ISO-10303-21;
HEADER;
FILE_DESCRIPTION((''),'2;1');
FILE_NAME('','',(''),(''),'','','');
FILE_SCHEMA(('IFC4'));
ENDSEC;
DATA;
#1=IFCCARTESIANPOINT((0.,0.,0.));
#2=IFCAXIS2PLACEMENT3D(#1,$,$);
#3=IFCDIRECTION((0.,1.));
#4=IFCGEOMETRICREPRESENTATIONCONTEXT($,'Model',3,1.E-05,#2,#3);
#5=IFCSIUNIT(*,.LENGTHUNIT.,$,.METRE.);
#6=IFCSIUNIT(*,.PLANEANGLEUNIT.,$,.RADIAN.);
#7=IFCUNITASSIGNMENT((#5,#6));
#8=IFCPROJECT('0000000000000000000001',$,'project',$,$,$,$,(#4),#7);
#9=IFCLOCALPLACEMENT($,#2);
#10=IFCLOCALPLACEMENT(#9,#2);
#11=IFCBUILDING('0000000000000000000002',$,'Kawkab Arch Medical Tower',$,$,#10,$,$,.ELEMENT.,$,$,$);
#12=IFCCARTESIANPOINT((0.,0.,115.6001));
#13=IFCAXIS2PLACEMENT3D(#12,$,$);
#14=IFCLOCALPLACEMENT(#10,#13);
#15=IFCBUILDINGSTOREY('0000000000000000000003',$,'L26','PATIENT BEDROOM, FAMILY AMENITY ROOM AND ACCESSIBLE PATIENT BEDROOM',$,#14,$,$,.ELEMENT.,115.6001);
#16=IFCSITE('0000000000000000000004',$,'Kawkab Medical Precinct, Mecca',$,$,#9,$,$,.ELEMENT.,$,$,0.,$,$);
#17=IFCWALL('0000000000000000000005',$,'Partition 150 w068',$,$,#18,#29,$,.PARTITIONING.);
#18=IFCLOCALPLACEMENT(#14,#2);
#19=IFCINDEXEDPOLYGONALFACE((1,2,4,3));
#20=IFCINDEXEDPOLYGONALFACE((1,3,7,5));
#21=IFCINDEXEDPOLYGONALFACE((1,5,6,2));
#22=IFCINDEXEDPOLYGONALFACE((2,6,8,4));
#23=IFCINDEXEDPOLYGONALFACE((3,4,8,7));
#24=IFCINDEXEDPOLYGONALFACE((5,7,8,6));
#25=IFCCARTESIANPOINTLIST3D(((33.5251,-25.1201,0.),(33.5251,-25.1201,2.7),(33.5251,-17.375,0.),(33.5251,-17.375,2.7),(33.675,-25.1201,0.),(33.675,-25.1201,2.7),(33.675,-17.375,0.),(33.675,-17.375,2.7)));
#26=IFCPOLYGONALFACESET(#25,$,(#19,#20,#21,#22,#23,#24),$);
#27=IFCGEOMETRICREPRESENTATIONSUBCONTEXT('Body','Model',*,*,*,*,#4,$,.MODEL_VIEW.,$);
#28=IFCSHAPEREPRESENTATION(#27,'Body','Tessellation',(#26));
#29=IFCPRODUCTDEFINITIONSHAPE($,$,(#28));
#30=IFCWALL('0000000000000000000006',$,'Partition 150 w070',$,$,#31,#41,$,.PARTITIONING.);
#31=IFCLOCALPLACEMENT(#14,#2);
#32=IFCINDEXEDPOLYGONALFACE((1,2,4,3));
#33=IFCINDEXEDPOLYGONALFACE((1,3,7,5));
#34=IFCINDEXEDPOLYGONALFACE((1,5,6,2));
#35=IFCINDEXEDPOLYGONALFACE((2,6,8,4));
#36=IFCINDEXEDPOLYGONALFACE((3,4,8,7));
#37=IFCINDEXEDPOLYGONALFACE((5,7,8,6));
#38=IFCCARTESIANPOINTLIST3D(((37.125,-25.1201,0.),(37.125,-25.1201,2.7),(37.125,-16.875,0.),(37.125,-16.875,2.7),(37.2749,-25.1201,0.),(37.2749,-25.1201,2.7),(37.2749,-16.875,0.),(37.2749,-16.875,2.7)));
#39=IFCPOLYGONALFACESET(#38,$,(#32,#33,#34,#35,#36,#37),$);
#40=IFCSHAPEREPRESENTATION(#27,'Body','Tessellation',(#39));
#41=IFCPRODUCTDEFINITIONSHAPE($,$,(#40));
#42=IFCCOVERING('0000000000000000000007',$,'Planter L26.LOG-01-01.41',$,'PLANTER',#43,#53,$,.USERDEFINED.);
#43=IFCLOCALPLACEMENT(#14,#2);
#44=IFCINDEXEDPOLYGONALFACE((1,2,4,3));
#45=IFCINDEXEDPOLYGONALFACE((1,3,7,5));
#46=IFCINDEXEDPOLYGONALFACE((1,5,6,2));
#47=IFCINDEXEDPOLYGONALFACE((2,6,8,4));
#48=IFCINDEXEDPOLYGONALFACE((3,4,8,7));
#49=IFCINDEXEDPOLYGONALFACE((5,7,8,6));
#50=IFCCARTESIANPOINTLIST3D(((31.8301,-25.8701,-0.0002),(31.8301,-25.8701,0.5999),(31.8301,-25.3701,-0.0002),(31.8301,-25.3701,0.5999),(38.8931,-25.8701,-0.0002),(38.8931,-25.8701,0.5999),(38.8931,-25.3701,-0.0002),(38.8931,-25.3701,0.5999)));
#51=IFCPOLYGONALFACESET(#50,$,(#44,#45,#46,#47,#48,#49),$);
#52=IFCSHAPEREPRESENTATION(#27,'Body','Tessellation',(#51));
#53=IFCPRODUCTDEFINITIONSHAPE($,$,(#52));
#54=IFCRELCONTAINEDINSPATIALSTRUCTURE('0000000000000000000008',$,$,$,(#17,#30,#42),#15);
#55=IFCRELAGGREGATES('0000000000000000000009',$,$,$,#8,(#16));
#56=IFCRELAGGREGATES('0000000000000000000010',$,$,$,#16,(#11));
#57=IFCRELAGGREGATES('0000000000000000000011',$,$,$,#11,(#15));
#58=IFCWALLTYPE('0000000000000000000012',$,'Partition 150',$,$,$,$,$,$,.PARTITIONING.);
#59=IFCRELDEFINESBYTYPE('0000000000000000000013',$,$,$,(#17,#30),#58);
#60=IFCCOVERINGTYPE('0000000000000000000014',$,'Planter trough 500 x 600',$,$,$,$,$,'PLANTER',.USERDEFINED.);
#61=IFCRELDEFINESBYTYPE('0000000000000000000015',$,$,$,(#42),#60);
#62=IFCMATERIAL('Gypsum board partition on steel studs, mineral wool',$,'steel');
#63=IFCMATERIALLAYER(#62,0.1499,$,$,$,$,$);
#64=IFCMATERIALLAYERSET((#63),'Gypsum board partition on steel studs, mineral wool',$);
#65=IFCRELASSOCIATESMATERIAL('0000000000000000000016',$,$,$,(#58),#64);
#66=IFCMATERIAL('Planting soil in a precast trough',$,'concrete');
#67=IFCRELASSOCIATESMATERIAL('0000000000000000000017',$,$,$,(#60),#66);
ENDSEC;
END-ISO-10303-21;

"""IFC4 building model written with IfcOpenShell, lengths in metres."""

from ifc_helpers import new_model, si_unit, direction, frame, frame_2d, origin, origin_2d, place, context, subcontext, project, spatial, rectangle, extrude, material, layer, layer_set, material_profile, profile_set, type_object, element, save


model = new_model("IFC4")

# Units and contexts
model_context = context("Model", 3, precision=1e-05, world=origin(), true_north=direction((0.0, 1.0)))
body_context = subcontext(model_context, "Body", "Model", "MODEL_VIEW")
ifc_project = project(units=[si_unit("LENGTHUNIT", "METRE"), si_unit("PLANEANGLEUNIT", "RADIAN")], contexts=[model_context])

# Site, building, storey
site_placement = place(None, origin())
site = spatial("IfcSite", under=ifc_project, at=site_placement, Name="Kawkab Medical Precinct, Mecca", CompositionType="ELEMENT", RefElevation=0.0)
building_placement = place(site_placement, origin())
building = spatial("IfcBuilding", under=site, at=building_placement, Name="Kawkab Arch Medical Tower", CompositionType="ELEMENT")
storey_placement = place(building_placement, frame((0.0, 0.0, 115.6001)))
storey = spatial("IfcBuildingStorey", under=building, at=storey_placement, Name="L26", Description="PATIENT BEDROOM, FAMILY AMENITY ROOM AND ACCESSIBLE PATIENT BEDROOM", CompositionType="ELEMENT", Elevation=115.6001)

# Shared definitions
ifc_material_1 = material(Name="Gypsum board partition on steel studs, mineral wool", Category="steel")
ifc_layer_1 = layer(ifc_material_1, 0.1499)
ifc_layer_set_1 = layer_set([ifc_layer_1], Name="Gypsum board partition on steel studs, mineral wool")
wall_type_1 = type_object("IfcWallType", Name="Partition 150", PredefinedType="PARTITIONING", material=ifc_layer_set_1)

# Walls
wall_1_placement = place(storey_placement, frame((33.6001, -25.1201, 0.0), z_axis=(0.0, 0.0, 1.0), x_axis=(0.0, 1.0, 0.0)))
element("IfcWall", 1, at=wall_1_placement, inside=storey, type_object=wall_type_1, Name="Partition 150 w068", PredefinedType="PARTITIONING", context=body_context, shape_type="SweptSolid", body=[
    extrude(rectangle(XDim=7.7451, YDim=0.1499, at=frame_2d((3.8726, 0.0))), origin(), (0.0, 0.0, 1.0), 2.7),
])
wall_2_placement = place(storey_placement, frame((37.2, -25.1201, 0.0), z_axis=(0.0, 0.0, 1.0), x_axis=(0.0, 1.0, 0.0)))
element("IfcWall", 2, at=wall_2_placement, inside=storey, type_object=wall_type_1, Name="Partition 150 w070", PredefinedType="PARTITIONING", context=body_context, shape_type="SweptSolid", body=[
    extrude(rectangle(XDim=8.2451, YDim=0.1499, at=frame_2d((4.1226, 0.0))), origin(), (0.0, 0.0, 1.0), 2.7),
])

# Covering
ifc_material_2 = material(Name="Planting soil in a precast trough", Category="concrete")
ifc_material_profile_1 = material_profile(ifc_material_2, rectangle(XDim=0.5, YDim=0.6001, at=origin_2d()), Name="Trough 500x600")
ifc_profile_set_1 = profile_set([ifc_material_profile_1], Name="Planting soil in a precast trough")
covering_type = type_object("IfcCoveringType", Name="Planter trough 500 x 600", ElementType="PLANTER", PredefinedType="USERDEFINED", material=ifc_profile_set_1)
covering_placement = place(storey_placement, frame((38.8931, -25.6201, 0.2998), z_axis=(-1.0, 0.0, 0.0), x_axis=(0.0, -1.0, 0.0)))
element("IfcCovering", 3, at=covering_placement, inside=storey, type_object=covering_type, Name="Planter L26.LOG-01-01.41", ObjectType="PLANTER", PredefinedType="USERDEFINED", context=body_context, shape_type="SweptSolid", body=[
    extrude(rectangle(XDim=0.5, YDim=0.6001, at=origin_2d()), origin(), (0.0, 0.0, 1.0), 7.063),
])

save(model, "model.ifc")
